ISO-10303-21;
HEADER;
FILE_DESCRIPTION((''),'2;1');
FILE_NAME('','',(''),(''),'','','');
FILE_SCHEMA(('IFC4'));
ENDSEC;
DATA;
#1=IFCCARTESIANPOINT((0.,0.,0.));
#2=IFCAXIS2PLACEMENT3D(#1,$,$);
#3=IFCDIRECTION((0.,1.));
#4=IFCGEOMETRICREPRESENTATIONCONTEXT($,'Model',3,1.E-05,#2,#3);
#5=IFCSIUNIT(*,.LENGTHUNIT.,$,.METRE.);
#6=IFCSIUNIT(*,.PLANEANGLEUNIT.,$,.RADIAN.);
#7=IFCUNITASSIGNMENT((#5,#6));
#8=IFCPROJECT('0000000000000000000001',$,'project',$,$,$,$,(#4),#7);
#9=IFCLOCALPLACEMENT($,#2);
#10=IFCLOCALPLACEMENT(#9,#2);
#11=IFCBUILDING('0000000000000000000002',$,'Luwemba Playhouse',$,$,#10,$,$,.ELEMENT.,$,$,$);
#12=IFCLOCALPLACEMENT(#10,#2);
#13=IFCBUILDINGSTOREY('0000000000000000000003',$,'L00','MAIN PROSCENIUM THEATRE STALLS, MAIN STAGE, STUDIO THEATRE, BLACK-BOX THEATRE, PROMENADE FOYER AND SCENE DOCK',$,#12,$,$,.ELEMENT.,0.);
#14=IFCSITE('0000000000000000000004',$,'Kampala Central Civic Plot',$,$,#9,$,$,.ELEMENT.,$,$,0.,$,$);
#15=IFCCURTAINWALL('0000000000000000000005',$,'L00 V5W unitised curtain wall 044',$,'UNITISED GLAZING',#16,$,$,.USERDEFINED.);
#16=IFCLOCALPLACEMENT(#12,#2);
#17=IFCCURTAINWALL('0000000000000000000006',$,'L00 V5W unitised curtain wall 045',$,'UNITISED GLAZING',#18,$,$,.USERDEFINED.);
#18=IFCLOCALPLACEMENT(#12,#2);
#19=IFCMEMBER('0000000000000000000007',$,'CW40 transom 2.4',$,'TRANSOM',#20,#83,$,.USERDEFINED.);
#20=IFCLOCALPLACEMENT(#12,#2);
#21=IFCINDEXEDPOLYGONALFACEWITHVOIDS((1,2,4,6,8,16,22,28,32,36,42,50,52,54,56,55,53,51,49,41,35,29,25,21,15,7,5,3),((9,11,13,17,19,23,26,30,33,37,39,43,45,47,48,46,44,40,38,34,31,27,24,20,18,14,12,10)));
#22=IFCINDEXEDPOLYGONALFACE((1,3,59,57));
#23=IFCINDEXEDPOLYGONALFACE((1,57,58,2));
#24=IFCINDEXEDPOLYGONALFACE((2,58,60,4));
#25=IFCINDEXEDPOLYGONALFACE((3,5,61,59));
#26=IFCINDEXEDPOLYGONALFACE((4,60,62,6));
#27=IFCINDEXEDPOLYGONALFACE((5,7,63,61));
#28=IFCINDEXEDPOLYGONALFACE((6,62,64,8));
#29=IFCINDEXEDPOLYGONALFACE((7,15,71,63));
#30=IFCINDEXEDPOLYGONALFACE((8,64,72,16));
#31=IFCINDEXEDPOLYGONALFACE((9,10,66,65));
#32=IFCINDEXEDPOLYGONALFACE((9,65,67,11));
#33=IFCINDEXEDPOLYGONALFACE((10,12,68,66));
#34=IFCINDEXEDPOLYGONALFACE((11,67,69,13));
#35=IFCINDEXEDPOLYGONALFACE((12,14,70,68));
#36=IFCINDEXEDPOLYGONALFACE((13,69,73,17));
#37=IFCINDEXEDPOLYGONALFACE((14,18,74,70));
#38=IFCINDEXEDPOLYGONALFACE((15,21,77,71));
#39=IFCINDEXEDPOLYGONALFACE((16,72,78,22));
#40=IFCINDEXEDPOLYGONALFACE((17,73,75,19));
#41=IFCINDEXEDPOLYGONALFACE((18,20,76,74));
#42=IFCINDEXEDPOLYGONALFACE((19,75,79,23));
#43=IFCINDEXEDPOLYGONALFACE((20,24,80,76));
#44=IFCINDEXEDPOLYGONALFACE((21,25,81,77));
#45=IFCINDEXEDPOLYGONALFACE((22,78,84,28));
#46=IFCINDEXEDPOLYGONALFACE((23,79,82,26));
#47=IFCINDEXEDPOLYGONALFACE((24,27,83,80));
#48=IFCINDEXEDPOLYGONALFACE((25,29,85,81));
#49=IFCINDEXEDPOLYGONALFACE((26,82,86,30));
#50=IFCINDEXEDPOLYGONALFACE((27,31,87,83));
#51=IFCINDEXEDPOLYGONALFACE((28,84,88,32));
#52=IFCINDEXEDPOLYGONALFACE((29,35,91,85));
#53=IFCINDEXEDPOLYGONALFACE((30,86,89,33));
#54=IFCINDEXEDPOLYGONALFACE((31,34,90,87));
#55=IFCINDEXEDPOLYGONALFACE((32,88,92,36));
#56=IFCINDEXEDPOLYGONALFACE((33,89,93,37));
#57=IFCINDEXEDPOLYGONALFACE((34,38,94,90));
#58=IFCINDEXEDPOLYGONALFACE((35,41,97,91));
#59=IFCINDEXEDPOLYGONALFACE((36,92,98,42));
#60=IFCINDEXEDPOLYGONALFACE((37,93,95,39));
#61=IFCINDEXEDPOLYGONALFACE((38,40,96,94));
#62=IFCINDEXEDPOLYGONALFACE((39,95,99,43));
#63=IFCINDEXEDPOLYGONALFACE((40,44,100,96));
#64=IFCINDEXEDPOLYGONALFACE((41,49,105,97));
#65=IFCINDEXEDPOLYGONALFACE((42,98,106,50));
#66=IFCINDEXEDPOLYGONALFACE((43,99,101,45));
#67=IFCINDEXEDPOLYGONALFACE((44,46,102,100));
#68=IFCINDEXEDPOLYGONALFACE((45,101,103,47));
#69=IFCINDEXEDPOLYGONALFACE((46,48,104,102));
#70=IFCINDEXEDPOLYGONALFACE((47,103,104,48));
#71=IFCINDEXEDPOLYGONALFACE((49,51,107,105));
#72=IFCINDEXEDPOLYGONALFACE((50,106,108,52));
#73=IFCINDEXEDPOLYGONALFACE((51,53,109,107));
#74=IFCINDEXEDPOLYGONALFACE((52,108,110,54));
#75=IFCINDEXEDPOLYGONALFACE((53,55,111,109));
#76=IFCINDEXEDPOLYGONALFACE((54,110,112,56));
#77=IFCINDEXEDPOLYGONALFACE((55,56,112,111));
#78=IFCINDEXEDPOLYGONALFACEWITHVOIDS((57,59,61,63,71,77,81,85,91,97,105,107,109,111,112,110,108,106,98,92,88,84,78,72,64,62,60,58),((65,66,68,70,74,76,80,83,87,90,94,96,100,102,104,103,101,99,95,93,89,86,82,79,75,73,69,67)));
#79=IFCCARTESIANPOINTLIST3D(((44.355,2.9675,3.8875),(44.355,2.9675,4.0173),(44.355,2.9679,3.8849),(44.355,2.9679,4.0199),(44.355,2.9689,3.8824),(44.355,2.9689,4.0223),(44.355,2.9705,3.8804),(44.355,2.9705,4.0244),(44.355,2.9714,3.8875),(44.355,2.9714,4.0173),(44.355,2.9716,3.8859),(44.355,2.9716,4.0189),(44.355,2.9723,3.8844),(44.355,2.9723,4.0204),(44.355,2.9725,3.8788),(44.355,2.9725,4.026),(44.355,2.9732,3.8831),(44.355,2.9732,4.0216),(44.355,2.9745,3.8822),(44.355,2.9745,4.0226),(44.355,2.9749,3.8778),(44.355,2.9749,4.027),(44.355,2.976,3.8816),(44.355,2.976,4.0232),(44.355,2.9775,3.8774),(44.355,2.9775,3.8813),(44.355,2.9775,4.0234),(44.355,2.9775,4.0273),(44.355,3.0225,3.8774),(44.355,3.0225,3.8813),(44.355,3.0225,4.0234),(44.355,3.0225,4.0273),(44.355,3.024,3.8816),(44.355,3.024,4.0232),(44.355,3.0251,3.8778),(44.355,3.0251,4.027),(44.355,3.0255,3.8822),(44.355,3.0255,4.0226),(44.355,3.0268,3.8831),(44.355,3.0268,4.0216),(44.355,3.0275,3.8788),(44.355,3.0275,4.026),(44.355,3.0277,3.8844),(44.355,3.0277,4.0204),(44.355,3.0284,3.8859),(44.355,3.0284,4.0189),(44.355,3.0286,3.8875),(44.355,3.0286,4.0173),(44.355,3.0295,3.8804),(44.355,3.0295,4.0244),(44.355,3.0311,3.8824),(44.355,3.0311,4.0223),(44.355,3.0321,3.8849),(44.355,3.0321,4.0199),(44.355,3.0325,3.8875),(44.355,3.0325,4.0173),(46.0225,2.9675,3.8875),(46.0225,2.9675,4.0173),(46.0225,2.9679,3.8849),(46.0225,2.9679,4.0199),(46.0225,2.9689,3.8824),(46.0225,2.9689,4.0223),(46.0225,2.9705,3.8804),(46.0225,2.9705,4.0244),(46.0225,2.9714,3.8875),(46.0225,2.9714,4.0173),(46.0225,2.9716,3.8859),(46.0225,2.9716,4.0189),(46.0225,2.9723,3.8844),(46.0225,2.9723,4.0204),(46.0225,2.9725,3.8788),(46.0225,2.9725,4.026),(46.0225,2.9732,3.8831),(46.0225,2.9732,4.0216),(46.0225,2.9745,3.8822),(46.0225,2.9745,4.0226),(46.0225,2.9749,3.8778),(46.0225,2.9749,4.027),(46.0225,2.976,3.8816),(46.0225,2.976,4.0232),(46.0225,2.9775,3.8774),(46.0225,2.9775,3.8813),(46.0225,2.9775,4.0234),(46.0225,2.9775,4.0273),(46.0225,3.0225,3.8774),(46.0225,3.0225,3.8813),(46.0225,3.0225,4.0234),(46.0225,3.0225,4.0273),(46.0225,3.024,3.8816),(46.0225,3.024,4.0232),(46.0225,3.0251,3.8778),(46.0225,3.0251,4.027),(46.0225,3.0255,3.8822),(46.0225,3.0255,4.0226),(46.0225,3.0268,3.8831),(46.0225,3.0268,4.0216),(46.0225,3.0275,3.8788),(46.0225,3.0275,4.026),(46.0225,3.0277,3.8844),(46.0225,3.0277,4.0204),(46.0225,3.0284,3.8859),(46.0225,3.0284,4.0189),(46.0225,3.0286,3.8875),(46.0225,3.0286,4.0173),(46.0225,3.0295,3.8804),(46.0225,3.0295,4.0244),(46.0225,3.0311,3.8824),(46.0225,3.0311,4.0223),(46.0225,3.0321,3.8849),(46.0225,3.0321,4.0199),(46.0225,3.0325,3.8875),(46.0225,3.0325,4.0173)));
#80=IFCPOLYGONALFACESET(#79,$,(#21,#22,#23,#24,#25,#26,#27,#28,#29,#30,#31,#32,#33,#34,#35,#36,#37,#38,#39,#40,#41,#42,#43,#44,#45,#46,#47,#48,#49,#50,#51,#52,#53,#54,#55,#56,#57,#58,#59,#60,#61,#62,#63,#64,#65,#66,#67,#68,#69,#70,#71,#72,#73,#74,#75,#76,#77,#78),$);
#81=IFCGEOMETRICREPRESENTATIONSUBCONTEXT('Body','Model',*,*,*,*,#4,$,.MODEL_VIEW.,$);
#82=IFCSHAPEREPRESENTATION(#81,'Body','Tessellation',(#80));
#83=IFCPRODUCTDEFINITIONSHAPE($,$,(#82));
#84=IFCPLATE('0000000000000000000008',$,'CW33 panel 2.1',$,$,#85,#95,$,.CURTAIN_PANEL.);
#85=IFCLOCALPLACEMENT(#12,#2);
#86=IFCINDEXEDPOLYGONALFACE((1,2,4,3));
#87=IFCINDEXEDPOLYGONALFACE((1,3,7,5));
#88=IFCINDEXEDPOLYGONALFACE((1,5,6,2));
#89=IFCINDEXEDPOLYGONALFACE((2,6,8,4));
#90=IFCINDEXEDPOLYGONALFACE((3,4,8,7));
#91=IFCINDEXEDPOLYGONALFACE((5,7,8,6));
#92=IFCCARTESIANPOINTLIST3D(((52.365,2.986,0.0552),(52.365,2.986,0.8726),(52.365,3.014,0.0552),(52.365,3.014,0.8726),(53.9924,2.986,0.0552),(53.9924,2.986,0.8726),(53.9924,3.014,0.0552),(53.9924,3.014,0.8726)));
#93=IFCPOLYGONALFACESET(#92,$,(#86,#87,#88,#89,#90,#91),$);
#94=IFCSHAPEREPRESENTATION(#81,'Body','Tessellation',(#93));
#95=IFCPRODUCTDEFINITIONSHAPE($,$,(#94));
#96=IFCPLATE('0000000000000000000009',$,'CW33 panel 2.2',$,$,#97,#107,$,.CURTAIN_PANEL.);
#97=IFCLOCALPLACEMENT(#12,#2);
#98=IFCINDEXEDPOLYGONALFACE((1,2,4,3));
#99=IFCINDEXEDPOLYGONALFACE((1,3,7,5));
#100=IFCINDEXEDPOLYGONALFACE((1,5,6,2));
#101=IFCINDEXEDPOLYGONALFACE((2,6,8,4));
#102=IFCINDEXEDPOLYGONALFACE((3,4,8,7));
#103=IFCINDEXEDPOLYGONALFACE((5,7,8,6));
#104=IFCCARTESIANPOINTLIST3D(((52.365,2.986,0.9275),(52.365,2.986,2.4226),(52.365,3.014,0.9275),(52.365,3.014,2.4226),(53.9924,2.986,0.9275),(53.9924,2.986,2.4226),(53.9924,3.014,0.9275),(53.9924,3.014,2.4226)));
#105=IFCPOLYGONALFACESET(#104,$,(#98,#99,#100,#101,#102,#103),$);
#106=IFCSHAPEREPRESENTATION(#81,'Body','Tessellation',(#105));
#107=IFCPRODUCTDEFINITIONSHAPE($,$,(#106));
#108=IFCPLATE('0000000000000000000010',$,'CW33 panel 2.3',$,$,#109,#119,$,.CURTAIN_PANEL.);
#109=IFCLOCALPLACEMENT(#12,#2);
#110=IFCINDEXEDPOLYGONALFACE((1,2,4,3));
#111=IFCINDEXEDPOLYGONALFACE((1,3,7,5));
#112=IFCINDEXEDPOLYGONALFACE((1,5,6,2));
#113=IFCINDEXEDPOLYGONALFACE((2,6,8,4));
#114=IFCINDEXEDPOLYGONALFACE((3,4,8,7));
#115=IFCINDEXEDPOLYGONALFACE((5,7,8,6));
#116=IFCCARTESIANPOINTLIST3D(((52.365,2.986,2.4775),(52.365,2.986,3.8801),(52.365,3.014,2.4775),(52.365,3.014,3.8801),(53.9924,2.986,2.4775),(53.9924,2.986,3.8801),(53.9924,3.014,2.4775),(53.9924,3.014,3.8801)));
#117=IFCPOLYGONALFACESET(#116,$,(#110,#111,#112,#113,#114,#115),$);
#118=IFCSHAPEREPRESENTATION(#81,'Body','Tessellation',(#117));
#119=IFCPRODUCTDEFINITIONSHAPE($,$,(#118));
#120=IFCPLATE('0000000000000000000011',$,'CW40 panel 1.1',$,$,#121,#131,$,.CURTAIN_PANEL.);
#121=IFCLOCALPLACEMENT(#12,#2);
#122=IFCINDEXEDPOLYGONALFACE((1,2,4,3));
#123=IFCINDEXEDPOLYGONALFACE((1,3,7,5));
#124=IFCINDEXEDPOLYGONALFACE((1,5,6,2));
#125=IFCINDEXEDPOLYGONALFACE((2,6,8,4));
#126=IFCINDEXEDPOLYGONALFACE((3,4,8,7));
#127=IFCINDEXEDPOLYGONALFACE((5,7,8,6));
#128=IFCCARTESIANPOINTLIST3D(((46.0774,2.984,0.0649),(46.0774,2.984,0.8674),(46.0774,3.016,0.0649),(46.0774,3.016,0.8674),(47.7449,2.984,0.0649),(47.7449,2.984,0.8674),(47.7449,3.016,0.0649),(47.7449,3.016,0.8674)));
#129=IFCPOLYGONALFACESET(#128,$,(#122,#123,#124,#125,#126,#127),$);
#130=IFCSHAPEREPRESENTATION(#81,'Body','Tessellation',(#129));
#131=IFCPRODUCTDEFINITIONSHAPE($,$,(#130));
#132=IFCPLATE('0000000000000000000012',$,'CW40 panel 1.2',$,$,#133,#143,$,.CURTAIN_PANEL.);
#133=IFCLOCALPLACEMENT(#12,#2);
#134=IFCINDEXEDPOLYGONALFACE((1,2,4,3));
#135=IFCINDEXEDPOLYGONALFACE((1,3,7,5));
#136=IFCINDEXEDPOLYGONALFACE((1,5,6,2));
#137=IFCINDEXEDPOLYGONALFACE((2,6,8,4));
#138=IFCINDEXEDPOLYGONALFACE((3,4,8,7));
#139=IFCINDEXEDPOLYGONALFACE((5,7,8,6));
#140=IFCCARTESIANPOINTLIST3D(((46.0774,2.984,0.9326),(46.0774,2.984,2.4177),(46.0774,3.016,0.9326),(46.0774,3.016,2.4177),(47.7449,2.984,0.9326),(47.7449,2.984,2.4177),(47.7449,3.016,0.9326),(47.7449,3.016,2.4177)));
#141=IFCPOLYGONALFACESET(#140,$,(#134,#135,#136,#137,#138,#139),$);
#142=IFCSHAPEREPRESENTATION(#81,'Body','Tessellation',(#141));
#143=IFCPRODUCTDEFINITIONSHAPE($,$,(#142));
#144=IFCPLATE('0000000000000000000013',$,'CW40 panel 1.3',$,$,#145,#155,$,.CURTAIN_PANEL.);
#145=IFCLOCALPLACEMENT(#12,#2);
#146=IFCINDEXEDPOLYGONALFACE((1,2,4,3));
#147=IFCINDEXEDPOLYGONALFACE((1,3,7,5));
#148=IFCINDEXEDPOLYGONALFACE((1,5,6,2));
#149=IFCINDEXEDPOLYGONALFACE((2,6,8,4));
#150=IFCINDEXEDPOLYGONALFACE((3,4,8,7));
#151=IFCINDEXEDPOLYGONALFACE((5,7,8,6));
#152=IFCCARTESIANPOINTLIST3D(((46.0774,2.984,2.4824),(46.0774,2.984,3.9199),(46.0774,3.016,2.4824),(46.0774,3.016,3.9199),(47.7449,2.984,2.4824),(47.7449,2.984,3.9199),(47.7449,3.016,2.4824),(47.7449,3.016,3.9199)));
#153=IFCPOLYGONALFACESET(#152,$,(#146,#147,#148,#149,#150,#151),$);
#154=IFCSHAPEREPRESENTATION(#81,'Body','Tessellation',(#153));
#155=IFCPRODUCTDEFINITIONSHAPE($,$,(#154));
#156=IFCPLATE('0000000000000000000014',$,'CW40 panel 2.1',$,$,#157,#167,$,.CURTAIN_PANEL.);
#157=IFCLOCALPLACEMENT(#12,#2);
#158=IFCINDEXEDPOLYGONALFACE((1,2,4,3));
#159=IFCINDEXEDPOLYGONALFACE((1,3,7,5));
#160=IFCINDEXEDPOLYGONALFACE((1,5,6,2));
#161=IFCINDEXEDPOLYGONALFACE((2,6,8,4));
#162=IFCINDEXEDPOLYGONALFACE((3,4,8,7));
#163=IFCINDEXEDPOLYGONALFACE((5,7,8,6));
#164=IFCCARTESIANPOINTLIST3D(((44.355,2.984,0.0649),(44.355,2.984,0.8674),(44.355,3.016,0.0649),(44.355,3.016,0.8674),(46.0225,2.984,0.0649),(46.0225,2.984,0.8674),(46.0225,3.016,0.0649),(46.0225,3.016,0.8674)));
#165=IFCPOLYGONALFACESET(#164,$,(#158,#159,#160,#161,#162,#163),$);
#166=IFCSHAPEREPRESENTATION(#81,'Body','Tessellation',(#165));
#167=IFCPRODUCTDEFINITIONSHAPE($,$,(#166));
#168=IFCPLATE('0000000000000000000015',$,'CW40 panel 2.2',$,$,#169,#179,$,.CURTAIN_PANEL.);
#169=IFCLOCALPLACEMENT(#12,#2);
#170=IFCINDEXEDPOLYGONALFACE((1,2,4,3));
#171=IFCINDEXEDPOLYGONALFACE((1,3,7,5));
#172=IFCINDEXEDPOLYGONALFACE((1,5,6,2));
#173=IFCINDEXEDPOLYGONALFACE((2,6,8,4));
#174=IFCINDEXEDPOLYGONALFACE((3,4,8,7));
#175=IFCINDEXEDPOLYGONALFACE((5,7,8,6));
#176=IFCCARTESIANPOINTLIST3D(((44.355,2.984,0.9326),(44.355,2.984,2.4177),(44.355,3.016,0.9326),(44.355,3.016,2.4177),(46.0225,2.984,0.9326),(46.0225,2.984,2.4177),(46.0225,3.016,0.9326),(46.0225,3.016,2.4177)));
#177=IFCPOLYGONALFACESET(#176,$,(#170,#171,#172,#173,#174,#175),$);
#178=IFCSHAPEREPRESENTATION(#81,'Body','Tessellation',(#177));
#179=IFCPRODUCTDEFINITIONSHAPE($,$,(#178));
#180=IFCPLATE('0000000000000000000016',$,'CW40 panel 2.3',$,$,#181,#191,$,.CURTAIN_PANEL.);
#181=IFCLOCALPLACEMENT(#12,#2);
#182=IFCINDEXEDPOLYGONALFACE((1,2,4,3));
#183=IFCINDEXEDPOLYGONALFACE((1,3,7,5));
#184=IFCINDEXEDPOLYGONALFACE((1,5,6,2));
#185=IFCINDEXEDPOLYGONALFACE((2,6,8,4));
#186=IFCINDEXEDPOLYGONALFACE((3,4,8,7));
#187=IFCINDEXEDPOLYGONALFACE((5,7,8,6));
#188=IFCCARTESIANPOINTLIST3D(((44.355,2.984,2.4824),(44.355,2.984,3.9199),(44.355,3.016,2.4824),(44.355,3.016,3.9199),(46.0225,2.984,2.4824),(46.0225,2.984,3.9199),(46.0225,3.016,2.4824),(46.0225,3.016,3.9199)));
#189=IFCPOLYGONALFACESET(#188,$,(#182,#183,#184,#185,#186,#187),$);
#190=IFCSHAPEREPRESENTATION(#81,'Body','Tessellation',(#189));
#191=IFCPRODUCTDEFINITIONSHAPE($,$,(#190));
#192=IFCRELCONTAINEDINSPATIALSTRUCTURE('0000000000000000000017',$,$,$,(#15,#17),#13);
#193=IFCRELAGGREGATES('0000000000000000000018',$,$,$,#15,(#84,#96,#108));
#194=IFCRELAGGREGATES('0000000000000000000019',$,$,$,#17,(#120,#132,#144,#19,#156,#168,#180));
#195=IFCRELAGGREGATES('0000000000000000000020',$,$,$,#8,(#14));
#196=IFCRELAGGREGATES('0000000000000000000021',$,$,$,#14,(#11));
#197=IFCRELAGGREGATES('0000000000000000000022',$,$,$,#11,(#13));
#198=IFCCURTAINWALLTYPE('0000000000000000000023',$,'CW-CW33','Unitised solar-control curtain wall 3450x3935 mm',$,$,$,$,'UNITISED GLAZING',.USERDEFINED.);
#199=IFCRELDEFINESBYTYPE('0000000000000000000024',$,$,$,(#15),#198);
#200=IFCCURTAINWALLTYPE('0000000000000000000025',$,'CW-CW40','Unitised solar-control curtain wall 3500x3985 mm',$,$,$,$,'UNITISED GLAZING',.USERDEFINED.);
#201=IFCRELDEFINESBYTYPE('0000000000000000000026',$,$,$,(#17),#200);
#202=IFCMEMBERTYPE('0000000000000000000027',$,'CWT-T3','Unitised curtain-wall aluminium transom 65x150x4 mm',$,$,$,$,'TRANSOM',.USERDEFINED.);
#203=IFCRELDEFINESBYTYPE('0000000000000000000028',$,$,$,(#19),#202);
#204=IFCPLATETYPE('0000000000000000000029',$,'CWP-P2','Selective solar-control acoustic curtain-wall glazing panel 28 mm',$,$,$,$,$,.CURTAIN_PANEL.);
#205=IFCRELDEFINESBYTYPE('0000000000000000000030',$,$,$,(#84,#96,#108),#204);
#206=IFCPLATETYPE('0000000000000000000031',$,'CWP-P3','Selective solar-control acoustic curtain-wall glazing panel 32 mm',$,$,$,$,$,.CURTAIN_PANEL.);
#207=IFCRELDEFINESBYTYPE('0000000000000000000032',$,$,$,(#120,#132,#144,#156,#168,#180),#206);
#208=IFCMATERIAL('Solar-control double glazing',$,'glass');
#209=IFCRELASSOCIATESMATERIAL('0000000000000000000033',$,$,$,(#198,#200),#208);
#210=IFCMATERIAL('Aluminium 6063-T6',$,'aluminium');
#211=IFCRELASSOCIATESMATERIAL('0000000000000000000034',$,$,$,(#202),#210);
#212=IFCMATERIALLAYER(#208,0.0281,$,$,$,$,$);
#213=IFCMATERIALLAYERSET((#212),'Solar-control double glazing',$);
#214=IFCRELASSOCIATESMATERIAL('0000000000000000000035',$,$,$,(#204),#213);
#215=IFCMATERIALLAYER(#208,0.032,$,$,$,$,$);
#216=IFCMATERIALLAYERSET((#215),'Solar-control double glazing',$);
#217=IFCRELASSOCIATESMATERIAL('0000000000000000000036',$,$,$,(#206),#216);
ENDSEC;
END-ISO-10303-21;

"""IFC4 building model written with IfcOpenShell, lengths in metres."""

from ifc_helpers import new_model, si_unit, direction, frame, origin, origin_2d, place, context, subcontext, project, spatial, rectangle, hollow_rectangle, extrude, material, layer, layer_set, material_profile, profile_set, type_object, element, aggregate, save


model = new_model("IFC4")

# Units and contexts
model_context = context("Model", 3, precision=1e-05, world=origin(), true_north=direction((0.0, 1.0)))
body_context = subcontext(model_context, "Body", "Model", "MODEL_VIEW")
ifc_project = project(units=[si_unit("LENGTHUNIT", "METRE"), si_unit("PLANEANGLEUNIT", "RADIAN")], contexts=[model_context])

# Site, building, storey
site_placement = place(None, origin())
site = spatial("IfcSite", under=ifc_project, at=site_placement, Name="Kampala Central Civic Plot", CompositionType="ELEMENT", RefElevation=0.0)
building_placement = place(site_placement, origin())
building = spatial("IfcBuilding", under=site, at=building_placement, Name="Luwemba Playhouse", CompositionType="ELEMENT")
storey_placement = place(building_placement, origin())
storey = spatial("IfcBuildingStorey", under=building, at=storey_placement, Name="L00", Description="MAIN PROSCENIUM THEATRE STALLS, MAIN STAGE, STUDIO THEATRE, BLACK-BOX THEATRE, PROMENADE FOYER AND SCENE DOCK", CompositionType="ELEMENT", Elevation=0.0)

# Curtain wall
ifc_material_1 = material(Name="Solar-control double glazing", Category="glass")
curtain_wall_type_1 = type_object("IfcCurtainWallType", Name="CW-CW33", Description="Unitised solar-control curtain wall 3450x3935 mm", ElementType="UNITISED GLAZING", PredefinedType="USERDEFINED", material=ifc_material_1)
curtain_wall_1_placement = place(storey_placement, origin())
curtain_wall_1 = element("IfcCurtainWall", 1, at=curtain_wall_1_placement, inside=storey, type_object=curtain_wall_type_1, Name="L00 V5W unitised curtain wall 044", ObjectType="UNITISED GLAZING", PredefinedType="USERDEFINED")
ifc_material_2 = material(Name="Aluminium 6063-T6", Category="aluminium")

# Curtain wall
curtain_wall_type_2 = type_object("IfcCurtainWallType", Name="CW-CW40", Description="Unitised solar-control curtain wall 3500x3985 mm", ElementType="UNITISED GLAZING", PredefinedType="USERDEFINED", material=ifc_material_1)
curtain_wall_2_placement = place(storey_placement, origin())
curtain_wall_2 = element("IfcCurtainWall", 2, at=curtain_wall_2_placement, inside=storey, type_object=curtain_wall_type_2, Name="L00 V5W unitised curtain wall 045", ObjectType="UNITISED GLAZING", PredefinedType="USERDEFINED")

# Member
ifc_material_profile_1 = material_profile(ifc_material_2, hollow_rectangle(XDim=0.0649, YDim=0.1499, WallThickness=0.0039, InnerFilletRadius=0.0061, OuterFilletRadius=0.01, at=origin_2d()))
ifc_profile_set_1 = profile_set([ifc_material_profile_1], Name="Aluminium 6063-T6")
member_type_1 = type_object("IfcMemberType", Name="CWT-T3", Description="Unitised curtain-wall aluminium transom 65x150x4 mm", ElementType="TRANSOM", PredefinedType="USERDEFINED", material=ifc_profile_set_1)
member_1_placement = place(storey_placement, frame((46.0225, 3.0, 3.9524), z_axis=(-1.0, 0.0, 0.0), x_axis=(0.0, -1.0, 0.0)))
member_1 = element("IfcMember", 3, at=member_1_placement, type_object=member_type_1, Name="CW40 transom 2.4", ObjectType="TRANSOM", PredefinedType="USERDEFINED", context=body_context, shape_type="SweptSolid", body=[
    extrude(hollow_rectangle(XDim=0.0649, YDim=0.1499, WallThickness=0.0039, InnerFilletRadius=0.0061, OuterFilletRadius=0.01, at=origin_2d()), origin(), (0.0, 0.0, 1.0), 1.6675),
])

# Plates
ifc_layer_1 = layer(ifc_material_1, 0.0281)
ifc_layer_set_1 = layer_set([ifc_layer_1], Name="Solar-control double glazing")
plate_type_1 = type_object("IfcPlateType", Name="CWP-P2", Description="Selective solar-control acoustic curtain-wall glazing panel 28 mm", PredefinedType="CURTAIN_PANEL", material=ifc_layer_set_1)
plate_1_placement = place(storey_placement, frame((53.1787, 3.0, 0.0552), z_axis=(0.0, 0.0, 1.0), x_axis=(-1.0, 0.0, 0.0)))
plate_1 = element("IfcPlate", 4, at=plate_1_placement, type_object=plate_type_1, Name="CW33 panel 2.1", PredefinedType="CURTAIN_PANEL", context=body_context, shape_type="SweptSolid", body=[
    extrude(rectangle(XDim=1.6274, YDim=0.0281, at=origin_2d()), origin(), (0.0, 0.0, 1.0), 0.8174),
])
plate_2_placement = place(storey_placement, frame((53.1787, 3.0, 0.9275), z_axis=(0.0, 0.0, 1.0), x_axis=(-1.0, 0.0, 0.0)))
plate_2 = element("IfcPlate", 5, at=plate_2_placement, type_object=plate_type_1, Name="CW33 panel 2.2", PredefinedType="CURTAIN_PANEL", context=body_context, shape_type="SweptSolid", body=[
    extrude(rectangle(XDim=1.6274, YDim=0.0281, at=origin_2d()), origin(), (0.0, 0.0, 1.0), 1.4951),
])
plate_3_placement = place(storey_placement, frame((53.1787, 3.0, 2.4775), z_axis=(0.0, 0.0, 1.0), x_axis=(-1.0, 0.0, 0.0)))
plate_3 = element("IfcPlate", 6, at=plate_3_placement, type_object=plate_type_1, Name="CW33 panel 2.3", PredefinedType="CURTAIN_PANEL", context=body_context, shape_type="SweptSolid", body=[
    extrude(rectangle(XDim=1.6274, YDim=0.0281, at=origin_2d()), origin(), (0.0, 0.0, 1.0), 1.4026),
])
aggregate(curtain_wall_1, [plate_1, plate_2, plate_3])
ifc_layer_2 = layer(ifc_material_1, 0.032)
ifc_layer_set_2 = layer_set([ifc_layer_2], Name="Solar-control double glazing")
plate_type_2 = type_object("IfcPlateType", Name="CWP-P3", Description="Selective solar-control acoustic curtain-wall glazing panel 32 mm", PredefinedType="CURTAIN_PANEL", material=ifc_layer_set_2)
plate_4_placement = place(storey_placement, frame((46.9111, 3.0, 0.0649), z_axis=(0.0, 0.0, 1.0), x_axis=(-1.0, 0.0, 0.0)))
plate_4 = element("IfcPlate", 7, at=plate_4_placement, type_object=plate_type_2, Name="CW40 panel 1.1", PredefinedType="CURTAIN_PANEL", context=body_context, shape_type="SweptSolid", body=[
    extrude(rectangle(XDim=1.6675, YDim=0.032, at=origin_2d()), origin(), (0.0, 0.0, 1.0), 0.8025),
])
plate_5_placement = place(storey_placement, frame((46.9111, 3.0, 0.9326), z_axis=(0.0, 0.0, 1.0), x_axis=(-1.0, 0.0, 0.0)))
plate_5 = element("IfcPlate", 8, at=plate_5_placement, type_object=plate_type_2, Name="CW40 panel 1.2", PredefinedType="CURTAIN_PANEL", context=body_context, shape_type="SweptSolid", body=[
    extrude(rectangle(XDim=1.6675, YDim=0.032, at=origin_2d()), origin(), (0.0, 0.0, 1.0), 1.4851),
])
plate_6_placement = place(storey_placement, frame((46.9111, 3.0, 2.4824), z_axis=(0.0, 0.0, 1.0), x_axis=(-1.0, 0.0, 0.0)))
plate_6 = element("IfcPlate", 9, at=plate_6_placement, type_object=plate_type_2, Name="CW40 panel 1.3", PredefinedType="CURTAIN_PANEL", context=body_context, shape_type="SweptSolid", body=[
    extrude(rectangle(XDim=1.6675, YDim=0.032, at=origin_2d()), origin(), (0.0, 0.0, 1.0), 1.4375),
])
plate_7_placement = place(storey_placement, frame((45.1887, 3.0, 0.0649), z_axis=(0.0, 0.0, 1.0), x_axis=(-1.0, 0.0, 0.0)))
plate_7 = element("IfcPlate", 10, at=plate_7_placement, type_object=plate_type_2, Name="CW40 panel 2.1", PredefinedType="CURTAIN_PANEL", context=body_context, shape_type="SweptSolid", body=[
    extrude(rectangle(XDim=1.6675, YDim=0.032, at=origin_2d()), origin(), (0.0, 0.0, 1.0), 0.8025),
])
plate_8_placement = place(storey_placement, frame((45.1887, 3.0, 0.9326), z_axis=(0.0, 0.0, 1.0), x_axis=(-1.0, 0.0, 0.0)))
plate_8 = element("IfcPlate", 11, at=plate_8_placement, type_object=plate_type_2, Name="CW40 panel 2.2", PredefinedType="CURTAIN_PANEL", context=body_context, shape_type="SweptSolid", body=[
    extrude(rectangle(XDim=1.6675, YDim=0.032, at=origin_2d()), origin(), (0.0, 0.0, 1.0), 1.4851),
])
plate_9_placement = place(storey_placement, frame((45.1887, 3.0, 2.4824), z_axis=(0.0, 0.0, 1.0), x_axis=(-1.0, 0.0, 0.0)))
plate_9 = element("IfcPlate", 12, at=plate_9_placement, type_object=plate_type_2, Name="CW40 panel 2.3", PredefinedType="CURTAIN_PANEL", context=body_context, shape_type="SweptSolid", body=[
    extrude(rectangle(XDim=1.6675, YDim=0.032, at=origin_2d()), origin(), (0.0, 0.0, 1.0), 1.4375),
])
aggregate(curtain_wall_2, [plate_4, plate_5, plate_6, member_1, plate_7, plate_8, plate_9])

save(model, "model.ifc")
